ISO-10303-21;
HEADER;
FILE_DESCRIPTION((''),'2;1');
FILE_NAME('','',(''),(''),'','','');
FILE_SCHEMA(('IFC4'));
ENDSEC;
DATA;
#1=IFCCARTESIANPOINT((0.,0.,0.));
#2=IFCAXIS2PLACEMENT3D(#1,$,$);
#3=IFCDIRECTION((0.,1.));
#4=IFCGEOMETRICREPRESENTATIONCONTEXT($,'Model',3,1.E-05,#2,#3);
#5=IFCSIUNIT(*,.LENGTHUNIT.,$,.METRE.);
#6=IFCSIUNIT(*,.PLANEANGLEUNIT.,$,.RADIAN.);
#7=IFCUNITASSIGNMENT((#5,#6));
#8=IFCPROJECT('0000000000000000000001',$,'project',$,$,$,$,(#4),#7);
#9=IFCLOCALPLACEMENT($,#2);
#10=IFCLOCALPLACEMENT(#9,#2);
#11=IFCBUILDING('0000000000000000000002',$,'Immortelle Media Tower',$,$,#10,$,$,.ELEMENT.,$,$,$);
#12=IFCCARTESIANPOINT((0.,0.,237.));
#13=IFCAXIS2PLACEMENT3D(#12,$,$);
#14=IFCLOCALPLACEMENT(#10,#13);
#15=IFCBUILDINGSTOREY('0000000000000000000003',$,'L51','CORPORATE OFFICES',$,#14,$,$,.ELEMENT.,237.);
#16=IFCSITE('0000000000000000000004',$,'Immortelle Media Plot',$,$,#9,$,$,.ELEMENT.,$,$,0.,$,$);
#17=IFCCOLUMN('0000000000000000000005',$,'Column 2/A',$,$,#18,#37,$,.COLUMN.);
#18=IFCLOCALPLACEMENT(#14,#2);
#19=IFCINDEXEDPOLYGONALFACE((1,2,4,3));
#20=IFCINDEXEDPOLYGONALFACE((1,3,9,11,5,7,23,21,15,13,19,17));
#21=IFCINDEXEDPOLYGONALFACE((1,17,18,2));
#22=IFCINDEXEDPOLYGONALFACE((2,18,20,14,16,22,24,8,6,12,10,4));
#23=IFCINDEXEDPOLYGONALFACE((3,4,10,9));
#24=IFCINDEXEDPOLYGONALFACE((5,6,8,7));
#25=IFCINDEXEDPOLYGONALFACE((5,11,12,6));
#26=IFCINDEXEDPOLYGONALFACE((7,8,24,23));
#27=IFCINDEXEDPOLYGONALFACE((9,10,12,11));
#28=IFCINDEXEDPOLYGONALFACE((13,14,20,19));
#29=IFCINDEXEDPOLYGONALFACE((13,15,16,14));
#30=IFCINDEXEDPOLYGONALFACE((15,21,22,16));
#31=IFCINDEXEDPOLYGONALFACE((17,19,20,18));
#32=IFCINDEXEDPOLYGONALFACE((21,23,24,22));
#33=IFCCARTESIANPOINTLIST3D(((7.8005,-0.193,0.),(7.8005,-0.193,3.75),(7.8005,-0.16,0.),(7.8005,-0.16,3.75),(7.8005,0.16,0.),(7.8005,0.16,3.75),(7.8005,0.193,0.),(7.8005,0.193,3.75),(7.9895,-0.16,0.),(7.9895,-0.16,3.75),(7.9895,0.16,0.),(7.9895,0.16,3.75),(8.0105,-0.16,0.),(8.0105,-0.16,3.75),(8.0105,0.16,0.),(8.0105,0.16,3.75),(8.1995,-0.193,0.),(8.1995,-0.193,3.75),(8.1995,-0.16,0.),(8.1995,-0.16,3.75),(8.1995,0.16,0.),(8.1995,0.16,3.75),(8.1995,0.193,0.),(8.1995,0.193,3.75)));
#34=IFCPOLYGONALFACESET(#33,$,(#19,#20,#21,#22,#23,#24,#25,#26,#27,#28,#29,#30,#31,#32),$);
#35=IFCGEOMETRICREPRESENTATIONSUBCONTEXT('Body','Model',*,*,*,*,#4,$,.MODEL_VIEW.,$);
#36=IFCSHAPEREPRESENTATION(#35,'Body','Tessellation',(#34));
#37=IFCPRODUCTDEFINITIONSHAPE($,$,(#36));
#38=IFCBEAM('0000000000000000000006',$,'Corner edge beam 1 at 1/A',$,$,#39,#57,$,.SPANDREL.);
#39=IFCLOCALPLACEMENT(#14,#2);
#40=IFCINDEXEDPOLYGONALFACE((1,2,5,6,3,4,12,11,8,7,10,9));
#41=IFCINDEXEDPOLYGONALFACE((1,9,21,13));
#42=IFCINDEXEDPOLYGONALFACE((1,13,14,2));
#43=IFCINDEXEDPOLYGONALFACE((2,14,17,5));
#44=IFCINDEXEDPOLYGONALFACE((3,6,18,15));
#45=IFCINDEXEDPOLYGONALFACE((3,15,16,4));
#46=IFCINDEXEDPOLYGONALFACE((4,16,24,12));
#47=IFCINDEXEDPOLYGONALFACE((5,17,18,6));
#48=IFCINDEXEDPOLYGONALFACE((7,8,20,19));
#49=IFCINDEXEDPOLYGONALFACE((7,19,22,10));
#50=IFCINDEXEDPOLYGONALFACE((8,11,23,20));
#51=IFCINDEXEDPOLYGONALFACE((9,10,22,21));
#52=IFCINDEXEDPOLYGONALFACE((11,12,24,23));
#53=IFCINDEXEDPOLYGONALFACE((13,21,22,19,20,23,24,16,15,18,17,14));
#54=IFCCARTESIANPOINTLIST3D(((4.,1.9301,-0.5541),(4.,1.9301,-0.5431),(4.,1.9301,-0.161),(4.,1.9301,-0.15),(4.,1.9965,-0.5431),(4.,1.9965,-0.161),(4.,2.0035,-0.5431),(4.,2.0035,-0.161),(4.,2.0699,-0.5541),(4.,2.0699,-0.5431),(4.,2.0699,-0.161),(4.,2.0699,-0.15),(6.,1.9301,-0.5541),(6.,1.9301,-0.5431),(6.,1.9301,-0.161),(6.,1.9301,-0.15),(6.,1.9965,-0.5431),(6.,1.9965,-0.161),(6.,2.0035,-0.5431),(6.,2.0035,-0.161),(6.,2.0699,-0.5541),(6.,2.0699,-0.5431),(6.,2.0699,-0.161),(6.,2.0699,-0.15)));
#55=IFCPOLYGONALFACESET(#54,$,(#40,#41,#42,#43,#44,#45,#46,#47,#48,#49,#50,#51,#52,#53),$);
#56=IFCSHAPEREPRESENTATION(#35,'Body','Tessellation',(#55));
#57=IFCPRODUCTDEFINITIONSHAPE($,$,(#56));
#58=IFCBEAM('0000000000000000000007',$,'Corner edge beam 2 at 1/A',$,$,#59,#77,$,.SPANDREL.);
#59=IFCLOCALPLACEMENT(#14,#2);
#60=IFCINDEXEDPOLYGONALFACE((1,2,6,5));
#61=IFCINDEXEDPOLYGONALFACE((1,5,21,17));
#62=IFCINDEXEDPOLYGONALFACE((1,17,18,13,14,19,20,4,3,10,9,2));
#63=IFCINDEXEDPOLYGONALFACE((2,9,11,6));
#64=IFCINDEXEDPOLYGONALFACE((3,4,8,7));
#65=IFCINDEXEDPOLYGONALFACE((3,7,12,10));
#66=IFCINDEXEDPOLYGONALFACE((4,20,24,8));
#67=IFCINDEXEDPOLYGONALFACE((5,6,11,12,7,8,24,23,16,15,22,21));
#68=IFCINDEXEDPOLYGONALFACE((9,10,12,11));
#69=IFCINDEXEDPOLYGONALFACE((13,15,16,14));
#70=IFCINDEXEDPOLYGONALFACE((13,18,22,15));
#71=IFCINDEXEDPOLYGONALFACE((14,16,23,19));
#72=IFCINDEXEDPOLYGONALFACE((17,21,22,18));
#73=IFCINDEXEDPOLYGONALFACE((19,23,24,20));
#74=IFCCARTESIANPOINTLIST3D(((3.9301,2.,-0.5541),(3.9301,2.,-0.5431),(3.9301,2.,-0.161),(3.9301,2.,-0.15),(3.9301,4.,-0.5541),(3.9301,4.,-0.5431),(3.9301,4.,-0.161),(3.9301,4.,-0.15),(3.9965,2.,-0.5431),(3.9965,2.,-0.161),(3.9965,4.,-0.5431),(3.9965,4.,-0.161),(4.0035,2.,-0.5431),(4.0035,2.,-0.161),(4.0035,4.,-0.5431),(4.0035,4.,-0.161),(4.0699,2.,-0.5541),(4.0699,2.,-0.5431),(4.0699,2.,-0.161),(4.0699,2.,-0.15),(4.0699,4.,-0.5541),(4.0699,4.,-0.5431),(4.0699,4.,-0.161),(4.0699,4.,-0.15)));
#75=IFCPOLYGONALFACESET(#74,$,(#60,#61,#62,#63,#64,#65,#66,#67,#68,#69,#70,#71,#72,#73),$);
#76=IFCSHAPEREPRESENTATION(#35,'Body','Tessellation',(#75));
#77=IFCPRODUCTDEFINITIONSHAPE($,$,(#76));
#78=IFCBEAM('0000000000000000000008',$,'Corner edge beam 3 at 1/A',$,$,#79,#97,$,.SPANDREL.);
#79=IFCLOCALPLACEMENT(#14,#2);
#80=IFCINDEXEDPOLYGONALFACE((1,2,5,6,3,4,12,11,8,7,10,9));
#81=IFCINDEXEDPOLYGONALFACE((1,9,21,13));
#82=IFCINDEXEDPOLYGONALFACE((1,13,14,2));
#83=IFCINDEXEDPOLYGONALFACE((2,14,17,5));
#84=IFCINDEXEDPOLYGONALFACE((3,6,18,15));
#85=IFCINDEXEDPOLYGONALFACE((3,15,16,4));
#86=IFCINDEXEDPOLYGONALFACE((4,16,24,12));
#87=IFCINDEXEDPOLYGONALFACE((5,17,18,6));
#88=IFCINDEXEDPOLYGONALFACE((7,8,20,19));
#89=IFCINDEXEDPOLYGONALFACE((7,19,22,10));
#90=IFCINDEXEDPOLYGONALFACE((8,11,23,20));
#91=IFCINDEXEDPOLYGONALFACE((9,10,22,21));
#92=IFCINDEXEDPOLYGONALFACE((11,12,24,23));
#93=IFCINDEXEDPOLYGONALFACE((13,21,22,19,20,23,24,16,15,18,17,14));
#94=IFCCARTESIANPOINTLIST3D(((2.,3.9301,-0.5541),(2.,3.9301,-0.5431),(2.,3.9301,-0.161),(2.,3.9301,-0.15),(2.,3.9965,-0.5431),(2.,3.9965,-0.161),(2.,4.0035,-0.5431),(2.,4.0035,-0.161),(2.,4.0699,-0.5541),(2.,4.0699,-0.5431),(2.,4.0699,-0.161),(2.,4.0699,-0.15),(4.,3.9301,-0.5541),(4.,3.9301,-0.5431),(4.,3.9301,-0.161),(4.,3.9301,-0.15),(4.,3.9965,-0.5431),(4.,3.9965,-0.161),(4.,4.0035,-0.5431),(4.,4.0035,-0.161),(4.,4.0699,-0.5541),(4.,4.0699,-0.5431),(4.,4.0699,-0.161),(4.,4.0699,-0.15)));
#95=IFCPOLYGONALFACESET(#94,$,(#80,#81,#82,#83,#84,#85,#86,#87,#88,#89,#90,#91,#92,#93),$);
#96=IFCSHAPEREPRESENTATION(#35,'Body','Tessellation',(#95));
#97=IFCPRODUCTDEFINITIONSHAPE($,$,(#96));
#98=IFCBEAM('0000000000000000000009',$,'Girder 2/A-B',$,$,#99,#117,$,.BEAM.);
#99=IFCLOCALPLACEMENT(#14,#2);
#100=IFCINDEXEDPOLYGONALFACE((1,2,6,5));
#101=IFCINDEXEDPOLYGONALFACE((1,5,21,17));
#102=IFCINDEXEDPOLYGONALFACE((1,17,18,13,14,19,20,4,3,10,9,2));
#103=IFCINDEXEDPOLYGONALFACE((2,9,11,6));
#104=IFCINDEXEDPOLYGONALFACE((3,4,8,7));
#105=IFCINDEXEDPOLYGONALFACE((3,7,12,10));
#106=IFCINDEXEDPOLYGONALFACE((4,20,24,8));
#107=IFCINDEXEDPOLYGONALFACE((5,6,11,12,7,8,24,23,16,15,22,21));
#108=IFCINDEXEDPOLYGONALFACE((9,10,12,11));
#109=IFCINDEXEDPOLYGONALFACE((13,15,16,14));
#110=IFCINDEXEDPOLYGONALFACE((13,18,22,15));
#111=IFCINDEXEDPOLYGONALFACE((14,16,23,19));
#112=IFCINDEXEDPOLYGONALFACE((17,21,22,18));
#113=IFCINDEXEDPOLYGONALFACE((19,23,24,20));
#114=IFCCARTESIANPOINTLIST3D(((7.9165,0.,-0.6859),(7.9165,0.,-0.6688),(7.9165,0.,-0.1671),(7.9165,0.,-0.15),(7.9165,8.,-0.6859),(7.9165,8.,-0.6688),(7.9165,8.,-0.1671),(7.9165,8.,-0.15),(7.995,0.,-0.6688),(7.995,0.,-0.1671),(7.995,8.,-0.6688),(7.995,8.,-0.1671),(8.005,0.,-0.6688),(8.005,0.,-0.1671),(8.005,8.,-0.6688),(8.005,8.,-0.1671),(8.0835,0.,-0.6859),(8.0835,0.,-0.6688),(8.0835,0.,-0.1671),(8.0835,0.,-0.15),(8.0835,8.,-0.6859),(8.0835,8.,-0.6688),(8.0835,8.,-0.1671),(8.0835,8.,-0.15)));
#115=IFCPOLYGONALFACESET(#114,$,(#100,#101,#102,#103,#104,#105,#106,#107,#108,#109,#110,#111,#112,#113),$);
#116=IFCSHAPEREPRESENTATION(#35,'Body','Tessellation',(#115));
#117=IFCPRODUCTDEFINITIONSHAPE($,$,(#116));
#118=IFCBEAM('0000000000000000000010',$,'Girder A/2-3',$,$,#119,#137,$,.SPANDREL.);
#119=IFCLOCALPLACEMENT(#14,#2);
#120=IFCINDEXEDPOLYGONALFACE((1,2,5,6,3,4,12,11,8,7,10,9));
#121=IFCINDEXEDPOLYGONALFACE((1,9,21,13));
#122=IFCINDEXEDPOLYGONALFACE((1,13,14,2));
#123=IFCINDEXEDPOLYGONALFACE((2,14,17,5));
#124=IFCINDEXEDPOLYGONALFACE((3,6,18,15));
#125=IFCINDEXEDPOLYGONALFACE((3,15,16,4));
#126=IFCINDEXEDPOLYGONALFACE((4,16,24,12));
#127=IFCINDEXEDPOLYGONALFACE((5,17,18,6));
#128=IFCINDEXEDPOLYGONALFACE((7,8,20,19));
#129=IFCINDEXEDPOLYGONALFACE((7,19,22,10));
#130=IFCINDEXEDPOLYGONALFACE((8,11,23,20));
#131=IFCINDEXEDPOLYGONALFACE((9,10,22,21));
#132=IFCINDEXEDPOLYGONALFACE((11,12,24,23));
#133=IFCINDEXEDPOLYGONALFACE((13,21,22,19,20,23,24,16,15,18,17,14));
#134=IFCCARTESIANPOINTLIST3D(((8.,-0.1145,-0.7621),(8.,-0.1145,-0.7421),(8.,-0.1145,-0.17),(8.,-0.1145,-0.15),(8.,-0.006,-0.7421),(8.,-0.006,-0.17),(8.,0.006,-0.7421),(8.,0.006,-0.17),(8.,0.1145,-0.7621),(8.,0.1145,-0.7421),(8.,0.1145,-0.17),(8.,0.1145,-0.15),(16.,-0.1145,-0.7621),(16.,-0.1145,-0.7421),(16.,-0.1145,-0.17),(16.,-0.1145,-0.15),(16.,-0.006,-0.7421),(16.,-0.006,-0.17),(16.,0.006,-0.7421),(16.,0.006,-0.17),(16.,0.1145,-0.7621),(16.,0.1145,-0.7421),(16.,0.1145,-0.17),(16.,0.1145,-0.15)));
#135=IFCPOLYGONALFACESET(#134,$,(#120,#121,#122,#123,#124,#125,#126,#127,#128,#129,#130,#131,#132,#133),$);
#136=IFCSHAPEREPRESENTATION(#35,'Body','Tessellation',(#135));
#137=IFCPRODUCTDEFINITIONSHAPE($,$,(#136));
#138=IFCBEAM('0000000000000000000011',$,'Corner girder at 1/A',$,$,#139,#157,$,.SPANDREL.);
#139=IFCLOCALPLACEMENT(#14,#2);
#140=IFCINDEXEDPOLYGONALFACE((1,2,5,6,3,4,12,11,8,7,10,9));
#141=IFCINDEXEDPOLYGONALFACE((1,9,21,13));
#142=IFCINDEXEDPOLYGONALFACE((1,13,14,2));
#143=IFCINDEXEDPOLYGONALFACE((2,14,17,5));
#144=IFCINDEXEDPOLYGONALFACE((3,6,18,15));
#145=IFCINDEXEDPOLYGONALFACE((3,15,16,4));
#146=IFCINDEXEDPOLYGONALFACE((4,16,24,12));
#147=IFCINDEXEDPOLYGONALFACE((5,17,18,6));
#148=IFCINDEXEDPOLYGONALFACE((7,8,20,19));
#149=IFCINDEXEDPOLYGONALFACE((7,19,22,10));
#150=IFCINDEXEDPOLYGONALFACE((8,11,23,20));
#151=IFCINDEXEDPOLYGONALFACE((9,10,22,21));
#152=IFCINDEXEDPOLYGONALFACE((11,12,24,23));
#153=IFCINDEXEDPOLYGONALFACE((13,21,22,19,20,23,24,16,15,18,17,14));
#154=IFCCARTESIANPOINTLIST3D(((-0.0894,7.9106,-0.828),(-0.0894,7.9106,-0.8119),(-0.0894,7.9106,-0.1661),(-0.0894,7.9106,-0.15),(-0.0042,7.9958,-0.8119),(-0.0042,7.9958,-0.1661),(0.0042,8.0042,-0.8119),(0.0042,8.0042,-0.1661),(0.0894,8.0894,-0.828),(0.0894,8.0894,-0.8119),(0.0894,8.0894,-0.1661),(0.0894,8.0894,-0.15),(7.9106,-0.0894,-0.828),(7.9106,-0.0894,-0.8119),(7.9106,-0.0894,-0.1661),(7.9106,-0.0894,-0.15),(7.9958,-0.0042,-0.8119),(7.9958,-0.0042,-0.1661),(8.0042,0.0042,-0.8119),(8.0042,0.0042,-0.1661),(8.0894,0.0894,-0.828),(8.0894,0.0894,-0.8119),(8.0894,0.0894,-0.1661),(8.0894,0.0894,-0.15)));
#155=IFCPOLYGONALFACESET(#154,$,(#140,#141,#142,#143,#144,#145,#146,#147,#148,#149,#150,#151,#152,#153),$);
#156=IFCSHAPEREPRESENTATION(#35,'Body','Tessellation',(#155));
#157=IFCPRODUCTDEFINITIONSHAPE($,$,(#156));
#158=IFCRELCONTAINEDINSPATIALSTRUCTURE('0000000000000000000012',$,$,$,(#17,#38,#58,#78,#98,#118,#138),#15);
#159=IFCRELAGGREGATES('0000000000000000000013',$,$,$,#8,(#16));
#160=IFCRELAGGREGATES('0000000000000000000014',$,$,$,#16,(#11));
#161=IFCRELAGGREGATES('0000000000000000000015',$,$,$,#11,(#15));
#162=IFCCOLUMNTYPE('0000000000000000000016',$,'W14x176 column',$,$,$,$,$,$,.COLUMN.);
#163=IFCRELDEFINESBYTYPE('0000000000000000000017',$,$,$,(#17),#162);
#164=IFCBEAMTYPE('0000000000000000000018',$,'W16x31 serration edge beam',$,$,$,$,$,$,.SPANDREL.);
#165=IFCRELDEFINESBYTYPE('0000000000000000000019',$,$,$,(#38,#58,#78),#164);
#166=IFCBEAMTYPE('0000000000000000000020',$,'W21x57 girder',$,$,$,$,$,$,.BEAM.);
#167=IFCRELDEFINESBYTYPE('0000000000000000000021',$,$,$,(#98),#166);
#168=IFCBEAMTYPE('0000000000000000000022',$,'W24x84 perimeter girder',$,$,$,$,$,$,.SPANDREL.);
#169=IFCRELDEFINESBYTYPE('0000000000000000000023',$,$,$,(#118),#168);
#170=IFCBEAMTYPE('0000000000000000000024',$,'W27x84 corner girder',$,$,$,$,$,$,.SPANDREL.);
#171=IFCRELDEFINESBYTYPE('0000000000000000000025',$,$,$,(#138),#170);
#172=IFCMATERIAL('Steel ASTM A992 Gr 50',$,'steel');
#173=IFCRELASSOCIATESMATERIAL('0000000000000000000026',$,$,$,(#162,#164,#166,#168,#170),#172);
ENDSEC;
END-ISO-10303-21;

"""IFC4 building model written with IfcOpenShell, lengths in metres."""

from ifc_helpers import new_model, si_unit, direction, frame, origin, origin_2d, place, context, subcontext, project, spatial, i_section, extrude, material, material_profile, profile_set, type_object, element, save


model = new_model("IFC4")

# Units and contexts
model_context = context("Model", 3, precision=1e-05, world=origin(), true_north=direction((0.0, 1.0)))
body_context = subcontext(model_context, "Body", "Model", "MODEL_VIEW")
ifc_project = project(units=[si_unit("LENGTHUNIT", "METRE"), si_unit("PLANEANGLEUNIT", "RADIAN")], contexts=[model_context])

# Site, building, storey
site_placement = place(None, origin())
site = spatial("IfcSite", under=ifc_project, at=site_placement, Name="Immortelle Media Plot", CompositionType="ELEMENT", RefElevation=0.0)
building_placement = place(site_placement, origin())
building = spatial("IfcBuilding", under=site, at=building_placement, Name="Immortelle Media Tower", CompositionType="ELEMENT")
storey_placement = place(building_placement, frame((0.0, 0.0, 237.0)))
storey = spatial("IfcBuildingStorey", under=building, at=storey_placement, Name="L51", Description="CORPORATE OFFICES", CompositionType="ELEMENT", Elevation=237.0)

# Column
ifc_material_1 = material(Name="Steel ASTM A992 Gr 50", Category="steel")
ifc_material_profile_1 = material_profile(ifc_material_1, i_section(OverallWidth=0.3989, OverallDepth=0.386, WebThickness=0.021, FlangeThickness=0.033, at=origin_2d()), Name="W14x176")
ifc_profile_set_1 = profile_set([ifc_material_profile_1], Name="Steel ASTM A992 Gr 50")
column_type = type_object("IfcColumnType", Name="W14x176 column", PredefinedType="COLUMN", material=ifc_profile_set_1)
column_placement = place(storey_placement, frame((8.0, 0.0, 0.0), z_axis=(0.0, 0.0, 1.0), x_axis=(1.0, 0.0, 0.0)))
element("IfcColumn", 1, at=column_placement, inside=storey, type_object=column_type, Name="Column 2/A", PredefinedType="COLUMN", context=body_context, shape_type="SweptSolid", body=[
    extrude(i_section(OverallWidth=0.3989, OverallDepth=0.386, WebThickness=0.021, FlangeThickness=0.033, at=origin_2d()), origin(), (0.0, 0.0, 1.0), 3.75),
])

# Beams
ifc_material_profile_2 = material_profile(ifc_material_1, i_section(OverallWidth=0.1399, OverallDepth=0.4041, WebThickness=0.0071, FlangeThickness=0.011, at=origin_2d()), Name="W16x31")
ifc_profile_set_2 = profile_set([ifc_material_profile_2], Name="Steel ASTM A992 Gr 50")
beam_type_1 = type_object("IfcBeamType", Name="W16x31 serration edge beam", PredefinedType="SPANDREL", material=ifc_profile_set_2)
for number, where, z_axis, x_axis, name in (
    (2, (6.0, 2.0, -0.3521), (-1.0, 0.0, 0.0), (0.0, -1.0, 0.0), "Corner edge beam 1 at 1/A"),
    (3, (4.0, 2.0, -0.3521), (0.0, 1.0, 0.0), (-1.0, 0.0, 0.0), "Corner edge beam 2 at 1/A"),
    (4, (4.0, 4.0, -0.3521), (-1.0, 0.0, 0.0), (0.0, -1.0, 0.0), "Corner edge beam 3 at 1/A"),
):
    element("IfcBeam", number, at=place(storey_placement, frame(where, z_axis=z_axis, x_axis=x_axis)), inside=storey, type_object=beam_type_1, Name=name, PredefinedType="SPANDREL", context=body_context, shape_type="SweptSolid", body=[
        extrude(i_section(OverallWidth=0.1399, OverallDepth=0.4041, WebThickness=0.0071, FlangeThickness=0.011, at=origin_2d()), origin(), (0.0, 0.0, 1.0), 2.0),
    ])
ifc_material_profile_3 = material_profile(ifc_material_1, i_section(OverallWidth=0.167, OverallDepth=0.5359, WebThickness=0.01, FlangeThickness=0.0171, at=origin_2d()), Name="W21x57")
ifc_profile_set_3 = profile_set([ifc_material_profile_3], Name="Steel ASTM A992 Gr 50")
beam_type_2 = type_object("IfcBeamType", Name="W21x57 girder", PredefinedType="BEAM", material=ifc_profile_set_3)
beam_1_placement = place(storey_placement, frame((8.0, 0.0, -0.418), z_axis=(0.0, 1.0, 0.0), x_axis=(-1.0, 0.0, 0.0)))
element("IfcBeam", 5, at=beam_1_placement, inside=storey, type_object=beam_type_2, Name="Girder 2/A-B", PredefinedType="BEAM", context=body_context, shape_type="SweptSolid", body=[
    extrude(i_section(OverallWidth=0.167, OverallDepth=0.5359, WebThickness=0.01, FlangeThickness=0.0171, at=origin_2d()), origin(), (0.0, 0.0, 1.0), 8.0),
])
ifc_material_profile_4 = material_profile(ifc_material_1, i_section(OverallWidth=0.229, OverallDepth=0.6121, WebThickness=0.012, FlangeThickness=0.02, at=origin_2d()), Name="W24x84")
ifc_profile_set_4 = profile_set([ifc_material_profile_4], Name="Steel ASTM A992 Gr 50")
beam_type_3 = type_object("IfcBeamType", Name="W24x84 perimeter girder", PredefinedType="SPANDREL", material=ifc_profile_set_4)
beam_2_placement = place(storey_placement, frame((8.0, 0.0, -0.4561), z_axis=(1.0, 0.0, 0.0), x_axis=(0.0, 1.0, 0.0)))
element("IfcBeam", 6, at=beam_2_placement, inside=storey, type_object=beam_type_3, Name="Girder A/2-3", PredefinedType="SPANDREL", context=body_context, shape_type="SweptSolid", body=[
    extrude(i_section(OverallWidth=0.229, OverallDepth=0.6121, WebThickness=0.012, FlangeThickness=0.02, at=origin_2d()), origin(), (0.0, 0.0, 1.0), 8.0),
])
ifc_material_profile_5 = material_profile(ifc_material_1, i_section(OverallWidth=0.2529, OverallDepth=0.678, WebThickness=0.012, FlangeThickness=0.0161, at=origin_2d()), Name="W27x84")
ifc_profile_set_5 = profile_set([ifc_material_profile_5], Name="Steel ASTM A992 Gr 50")
beam_type_4 = type_object("IfcBeamType", Name="W27x84 corner girder", PredefinedType="SPANDREL", material=ifc_profile_set_5)
beam_3_placement = place(storey_placement, frame((8.0, 0.0, -0.489), z_axis=(-0.707107, 0.707107, 0.0), x_axis=(-0.707107, -0.707107, 0.0)))
element("IfcBeam", 7, at=beam_3_placement, inside=storey, type_object=beam_type_4, Name="Corner girder at 1/A", PredefinedType="SPANDREL", context=body_context, shape_type="SweptSolid", body=[
    extrude(i_section(OverallWidth=0.2529, OverallDepth=0.678, WebThickness=0.012, FlangeThickness=0.0161, at=origin_2d()), origin(), (0.0, 0.0, 1.0), 11.3137),
])

save(model, "model.ifc")
